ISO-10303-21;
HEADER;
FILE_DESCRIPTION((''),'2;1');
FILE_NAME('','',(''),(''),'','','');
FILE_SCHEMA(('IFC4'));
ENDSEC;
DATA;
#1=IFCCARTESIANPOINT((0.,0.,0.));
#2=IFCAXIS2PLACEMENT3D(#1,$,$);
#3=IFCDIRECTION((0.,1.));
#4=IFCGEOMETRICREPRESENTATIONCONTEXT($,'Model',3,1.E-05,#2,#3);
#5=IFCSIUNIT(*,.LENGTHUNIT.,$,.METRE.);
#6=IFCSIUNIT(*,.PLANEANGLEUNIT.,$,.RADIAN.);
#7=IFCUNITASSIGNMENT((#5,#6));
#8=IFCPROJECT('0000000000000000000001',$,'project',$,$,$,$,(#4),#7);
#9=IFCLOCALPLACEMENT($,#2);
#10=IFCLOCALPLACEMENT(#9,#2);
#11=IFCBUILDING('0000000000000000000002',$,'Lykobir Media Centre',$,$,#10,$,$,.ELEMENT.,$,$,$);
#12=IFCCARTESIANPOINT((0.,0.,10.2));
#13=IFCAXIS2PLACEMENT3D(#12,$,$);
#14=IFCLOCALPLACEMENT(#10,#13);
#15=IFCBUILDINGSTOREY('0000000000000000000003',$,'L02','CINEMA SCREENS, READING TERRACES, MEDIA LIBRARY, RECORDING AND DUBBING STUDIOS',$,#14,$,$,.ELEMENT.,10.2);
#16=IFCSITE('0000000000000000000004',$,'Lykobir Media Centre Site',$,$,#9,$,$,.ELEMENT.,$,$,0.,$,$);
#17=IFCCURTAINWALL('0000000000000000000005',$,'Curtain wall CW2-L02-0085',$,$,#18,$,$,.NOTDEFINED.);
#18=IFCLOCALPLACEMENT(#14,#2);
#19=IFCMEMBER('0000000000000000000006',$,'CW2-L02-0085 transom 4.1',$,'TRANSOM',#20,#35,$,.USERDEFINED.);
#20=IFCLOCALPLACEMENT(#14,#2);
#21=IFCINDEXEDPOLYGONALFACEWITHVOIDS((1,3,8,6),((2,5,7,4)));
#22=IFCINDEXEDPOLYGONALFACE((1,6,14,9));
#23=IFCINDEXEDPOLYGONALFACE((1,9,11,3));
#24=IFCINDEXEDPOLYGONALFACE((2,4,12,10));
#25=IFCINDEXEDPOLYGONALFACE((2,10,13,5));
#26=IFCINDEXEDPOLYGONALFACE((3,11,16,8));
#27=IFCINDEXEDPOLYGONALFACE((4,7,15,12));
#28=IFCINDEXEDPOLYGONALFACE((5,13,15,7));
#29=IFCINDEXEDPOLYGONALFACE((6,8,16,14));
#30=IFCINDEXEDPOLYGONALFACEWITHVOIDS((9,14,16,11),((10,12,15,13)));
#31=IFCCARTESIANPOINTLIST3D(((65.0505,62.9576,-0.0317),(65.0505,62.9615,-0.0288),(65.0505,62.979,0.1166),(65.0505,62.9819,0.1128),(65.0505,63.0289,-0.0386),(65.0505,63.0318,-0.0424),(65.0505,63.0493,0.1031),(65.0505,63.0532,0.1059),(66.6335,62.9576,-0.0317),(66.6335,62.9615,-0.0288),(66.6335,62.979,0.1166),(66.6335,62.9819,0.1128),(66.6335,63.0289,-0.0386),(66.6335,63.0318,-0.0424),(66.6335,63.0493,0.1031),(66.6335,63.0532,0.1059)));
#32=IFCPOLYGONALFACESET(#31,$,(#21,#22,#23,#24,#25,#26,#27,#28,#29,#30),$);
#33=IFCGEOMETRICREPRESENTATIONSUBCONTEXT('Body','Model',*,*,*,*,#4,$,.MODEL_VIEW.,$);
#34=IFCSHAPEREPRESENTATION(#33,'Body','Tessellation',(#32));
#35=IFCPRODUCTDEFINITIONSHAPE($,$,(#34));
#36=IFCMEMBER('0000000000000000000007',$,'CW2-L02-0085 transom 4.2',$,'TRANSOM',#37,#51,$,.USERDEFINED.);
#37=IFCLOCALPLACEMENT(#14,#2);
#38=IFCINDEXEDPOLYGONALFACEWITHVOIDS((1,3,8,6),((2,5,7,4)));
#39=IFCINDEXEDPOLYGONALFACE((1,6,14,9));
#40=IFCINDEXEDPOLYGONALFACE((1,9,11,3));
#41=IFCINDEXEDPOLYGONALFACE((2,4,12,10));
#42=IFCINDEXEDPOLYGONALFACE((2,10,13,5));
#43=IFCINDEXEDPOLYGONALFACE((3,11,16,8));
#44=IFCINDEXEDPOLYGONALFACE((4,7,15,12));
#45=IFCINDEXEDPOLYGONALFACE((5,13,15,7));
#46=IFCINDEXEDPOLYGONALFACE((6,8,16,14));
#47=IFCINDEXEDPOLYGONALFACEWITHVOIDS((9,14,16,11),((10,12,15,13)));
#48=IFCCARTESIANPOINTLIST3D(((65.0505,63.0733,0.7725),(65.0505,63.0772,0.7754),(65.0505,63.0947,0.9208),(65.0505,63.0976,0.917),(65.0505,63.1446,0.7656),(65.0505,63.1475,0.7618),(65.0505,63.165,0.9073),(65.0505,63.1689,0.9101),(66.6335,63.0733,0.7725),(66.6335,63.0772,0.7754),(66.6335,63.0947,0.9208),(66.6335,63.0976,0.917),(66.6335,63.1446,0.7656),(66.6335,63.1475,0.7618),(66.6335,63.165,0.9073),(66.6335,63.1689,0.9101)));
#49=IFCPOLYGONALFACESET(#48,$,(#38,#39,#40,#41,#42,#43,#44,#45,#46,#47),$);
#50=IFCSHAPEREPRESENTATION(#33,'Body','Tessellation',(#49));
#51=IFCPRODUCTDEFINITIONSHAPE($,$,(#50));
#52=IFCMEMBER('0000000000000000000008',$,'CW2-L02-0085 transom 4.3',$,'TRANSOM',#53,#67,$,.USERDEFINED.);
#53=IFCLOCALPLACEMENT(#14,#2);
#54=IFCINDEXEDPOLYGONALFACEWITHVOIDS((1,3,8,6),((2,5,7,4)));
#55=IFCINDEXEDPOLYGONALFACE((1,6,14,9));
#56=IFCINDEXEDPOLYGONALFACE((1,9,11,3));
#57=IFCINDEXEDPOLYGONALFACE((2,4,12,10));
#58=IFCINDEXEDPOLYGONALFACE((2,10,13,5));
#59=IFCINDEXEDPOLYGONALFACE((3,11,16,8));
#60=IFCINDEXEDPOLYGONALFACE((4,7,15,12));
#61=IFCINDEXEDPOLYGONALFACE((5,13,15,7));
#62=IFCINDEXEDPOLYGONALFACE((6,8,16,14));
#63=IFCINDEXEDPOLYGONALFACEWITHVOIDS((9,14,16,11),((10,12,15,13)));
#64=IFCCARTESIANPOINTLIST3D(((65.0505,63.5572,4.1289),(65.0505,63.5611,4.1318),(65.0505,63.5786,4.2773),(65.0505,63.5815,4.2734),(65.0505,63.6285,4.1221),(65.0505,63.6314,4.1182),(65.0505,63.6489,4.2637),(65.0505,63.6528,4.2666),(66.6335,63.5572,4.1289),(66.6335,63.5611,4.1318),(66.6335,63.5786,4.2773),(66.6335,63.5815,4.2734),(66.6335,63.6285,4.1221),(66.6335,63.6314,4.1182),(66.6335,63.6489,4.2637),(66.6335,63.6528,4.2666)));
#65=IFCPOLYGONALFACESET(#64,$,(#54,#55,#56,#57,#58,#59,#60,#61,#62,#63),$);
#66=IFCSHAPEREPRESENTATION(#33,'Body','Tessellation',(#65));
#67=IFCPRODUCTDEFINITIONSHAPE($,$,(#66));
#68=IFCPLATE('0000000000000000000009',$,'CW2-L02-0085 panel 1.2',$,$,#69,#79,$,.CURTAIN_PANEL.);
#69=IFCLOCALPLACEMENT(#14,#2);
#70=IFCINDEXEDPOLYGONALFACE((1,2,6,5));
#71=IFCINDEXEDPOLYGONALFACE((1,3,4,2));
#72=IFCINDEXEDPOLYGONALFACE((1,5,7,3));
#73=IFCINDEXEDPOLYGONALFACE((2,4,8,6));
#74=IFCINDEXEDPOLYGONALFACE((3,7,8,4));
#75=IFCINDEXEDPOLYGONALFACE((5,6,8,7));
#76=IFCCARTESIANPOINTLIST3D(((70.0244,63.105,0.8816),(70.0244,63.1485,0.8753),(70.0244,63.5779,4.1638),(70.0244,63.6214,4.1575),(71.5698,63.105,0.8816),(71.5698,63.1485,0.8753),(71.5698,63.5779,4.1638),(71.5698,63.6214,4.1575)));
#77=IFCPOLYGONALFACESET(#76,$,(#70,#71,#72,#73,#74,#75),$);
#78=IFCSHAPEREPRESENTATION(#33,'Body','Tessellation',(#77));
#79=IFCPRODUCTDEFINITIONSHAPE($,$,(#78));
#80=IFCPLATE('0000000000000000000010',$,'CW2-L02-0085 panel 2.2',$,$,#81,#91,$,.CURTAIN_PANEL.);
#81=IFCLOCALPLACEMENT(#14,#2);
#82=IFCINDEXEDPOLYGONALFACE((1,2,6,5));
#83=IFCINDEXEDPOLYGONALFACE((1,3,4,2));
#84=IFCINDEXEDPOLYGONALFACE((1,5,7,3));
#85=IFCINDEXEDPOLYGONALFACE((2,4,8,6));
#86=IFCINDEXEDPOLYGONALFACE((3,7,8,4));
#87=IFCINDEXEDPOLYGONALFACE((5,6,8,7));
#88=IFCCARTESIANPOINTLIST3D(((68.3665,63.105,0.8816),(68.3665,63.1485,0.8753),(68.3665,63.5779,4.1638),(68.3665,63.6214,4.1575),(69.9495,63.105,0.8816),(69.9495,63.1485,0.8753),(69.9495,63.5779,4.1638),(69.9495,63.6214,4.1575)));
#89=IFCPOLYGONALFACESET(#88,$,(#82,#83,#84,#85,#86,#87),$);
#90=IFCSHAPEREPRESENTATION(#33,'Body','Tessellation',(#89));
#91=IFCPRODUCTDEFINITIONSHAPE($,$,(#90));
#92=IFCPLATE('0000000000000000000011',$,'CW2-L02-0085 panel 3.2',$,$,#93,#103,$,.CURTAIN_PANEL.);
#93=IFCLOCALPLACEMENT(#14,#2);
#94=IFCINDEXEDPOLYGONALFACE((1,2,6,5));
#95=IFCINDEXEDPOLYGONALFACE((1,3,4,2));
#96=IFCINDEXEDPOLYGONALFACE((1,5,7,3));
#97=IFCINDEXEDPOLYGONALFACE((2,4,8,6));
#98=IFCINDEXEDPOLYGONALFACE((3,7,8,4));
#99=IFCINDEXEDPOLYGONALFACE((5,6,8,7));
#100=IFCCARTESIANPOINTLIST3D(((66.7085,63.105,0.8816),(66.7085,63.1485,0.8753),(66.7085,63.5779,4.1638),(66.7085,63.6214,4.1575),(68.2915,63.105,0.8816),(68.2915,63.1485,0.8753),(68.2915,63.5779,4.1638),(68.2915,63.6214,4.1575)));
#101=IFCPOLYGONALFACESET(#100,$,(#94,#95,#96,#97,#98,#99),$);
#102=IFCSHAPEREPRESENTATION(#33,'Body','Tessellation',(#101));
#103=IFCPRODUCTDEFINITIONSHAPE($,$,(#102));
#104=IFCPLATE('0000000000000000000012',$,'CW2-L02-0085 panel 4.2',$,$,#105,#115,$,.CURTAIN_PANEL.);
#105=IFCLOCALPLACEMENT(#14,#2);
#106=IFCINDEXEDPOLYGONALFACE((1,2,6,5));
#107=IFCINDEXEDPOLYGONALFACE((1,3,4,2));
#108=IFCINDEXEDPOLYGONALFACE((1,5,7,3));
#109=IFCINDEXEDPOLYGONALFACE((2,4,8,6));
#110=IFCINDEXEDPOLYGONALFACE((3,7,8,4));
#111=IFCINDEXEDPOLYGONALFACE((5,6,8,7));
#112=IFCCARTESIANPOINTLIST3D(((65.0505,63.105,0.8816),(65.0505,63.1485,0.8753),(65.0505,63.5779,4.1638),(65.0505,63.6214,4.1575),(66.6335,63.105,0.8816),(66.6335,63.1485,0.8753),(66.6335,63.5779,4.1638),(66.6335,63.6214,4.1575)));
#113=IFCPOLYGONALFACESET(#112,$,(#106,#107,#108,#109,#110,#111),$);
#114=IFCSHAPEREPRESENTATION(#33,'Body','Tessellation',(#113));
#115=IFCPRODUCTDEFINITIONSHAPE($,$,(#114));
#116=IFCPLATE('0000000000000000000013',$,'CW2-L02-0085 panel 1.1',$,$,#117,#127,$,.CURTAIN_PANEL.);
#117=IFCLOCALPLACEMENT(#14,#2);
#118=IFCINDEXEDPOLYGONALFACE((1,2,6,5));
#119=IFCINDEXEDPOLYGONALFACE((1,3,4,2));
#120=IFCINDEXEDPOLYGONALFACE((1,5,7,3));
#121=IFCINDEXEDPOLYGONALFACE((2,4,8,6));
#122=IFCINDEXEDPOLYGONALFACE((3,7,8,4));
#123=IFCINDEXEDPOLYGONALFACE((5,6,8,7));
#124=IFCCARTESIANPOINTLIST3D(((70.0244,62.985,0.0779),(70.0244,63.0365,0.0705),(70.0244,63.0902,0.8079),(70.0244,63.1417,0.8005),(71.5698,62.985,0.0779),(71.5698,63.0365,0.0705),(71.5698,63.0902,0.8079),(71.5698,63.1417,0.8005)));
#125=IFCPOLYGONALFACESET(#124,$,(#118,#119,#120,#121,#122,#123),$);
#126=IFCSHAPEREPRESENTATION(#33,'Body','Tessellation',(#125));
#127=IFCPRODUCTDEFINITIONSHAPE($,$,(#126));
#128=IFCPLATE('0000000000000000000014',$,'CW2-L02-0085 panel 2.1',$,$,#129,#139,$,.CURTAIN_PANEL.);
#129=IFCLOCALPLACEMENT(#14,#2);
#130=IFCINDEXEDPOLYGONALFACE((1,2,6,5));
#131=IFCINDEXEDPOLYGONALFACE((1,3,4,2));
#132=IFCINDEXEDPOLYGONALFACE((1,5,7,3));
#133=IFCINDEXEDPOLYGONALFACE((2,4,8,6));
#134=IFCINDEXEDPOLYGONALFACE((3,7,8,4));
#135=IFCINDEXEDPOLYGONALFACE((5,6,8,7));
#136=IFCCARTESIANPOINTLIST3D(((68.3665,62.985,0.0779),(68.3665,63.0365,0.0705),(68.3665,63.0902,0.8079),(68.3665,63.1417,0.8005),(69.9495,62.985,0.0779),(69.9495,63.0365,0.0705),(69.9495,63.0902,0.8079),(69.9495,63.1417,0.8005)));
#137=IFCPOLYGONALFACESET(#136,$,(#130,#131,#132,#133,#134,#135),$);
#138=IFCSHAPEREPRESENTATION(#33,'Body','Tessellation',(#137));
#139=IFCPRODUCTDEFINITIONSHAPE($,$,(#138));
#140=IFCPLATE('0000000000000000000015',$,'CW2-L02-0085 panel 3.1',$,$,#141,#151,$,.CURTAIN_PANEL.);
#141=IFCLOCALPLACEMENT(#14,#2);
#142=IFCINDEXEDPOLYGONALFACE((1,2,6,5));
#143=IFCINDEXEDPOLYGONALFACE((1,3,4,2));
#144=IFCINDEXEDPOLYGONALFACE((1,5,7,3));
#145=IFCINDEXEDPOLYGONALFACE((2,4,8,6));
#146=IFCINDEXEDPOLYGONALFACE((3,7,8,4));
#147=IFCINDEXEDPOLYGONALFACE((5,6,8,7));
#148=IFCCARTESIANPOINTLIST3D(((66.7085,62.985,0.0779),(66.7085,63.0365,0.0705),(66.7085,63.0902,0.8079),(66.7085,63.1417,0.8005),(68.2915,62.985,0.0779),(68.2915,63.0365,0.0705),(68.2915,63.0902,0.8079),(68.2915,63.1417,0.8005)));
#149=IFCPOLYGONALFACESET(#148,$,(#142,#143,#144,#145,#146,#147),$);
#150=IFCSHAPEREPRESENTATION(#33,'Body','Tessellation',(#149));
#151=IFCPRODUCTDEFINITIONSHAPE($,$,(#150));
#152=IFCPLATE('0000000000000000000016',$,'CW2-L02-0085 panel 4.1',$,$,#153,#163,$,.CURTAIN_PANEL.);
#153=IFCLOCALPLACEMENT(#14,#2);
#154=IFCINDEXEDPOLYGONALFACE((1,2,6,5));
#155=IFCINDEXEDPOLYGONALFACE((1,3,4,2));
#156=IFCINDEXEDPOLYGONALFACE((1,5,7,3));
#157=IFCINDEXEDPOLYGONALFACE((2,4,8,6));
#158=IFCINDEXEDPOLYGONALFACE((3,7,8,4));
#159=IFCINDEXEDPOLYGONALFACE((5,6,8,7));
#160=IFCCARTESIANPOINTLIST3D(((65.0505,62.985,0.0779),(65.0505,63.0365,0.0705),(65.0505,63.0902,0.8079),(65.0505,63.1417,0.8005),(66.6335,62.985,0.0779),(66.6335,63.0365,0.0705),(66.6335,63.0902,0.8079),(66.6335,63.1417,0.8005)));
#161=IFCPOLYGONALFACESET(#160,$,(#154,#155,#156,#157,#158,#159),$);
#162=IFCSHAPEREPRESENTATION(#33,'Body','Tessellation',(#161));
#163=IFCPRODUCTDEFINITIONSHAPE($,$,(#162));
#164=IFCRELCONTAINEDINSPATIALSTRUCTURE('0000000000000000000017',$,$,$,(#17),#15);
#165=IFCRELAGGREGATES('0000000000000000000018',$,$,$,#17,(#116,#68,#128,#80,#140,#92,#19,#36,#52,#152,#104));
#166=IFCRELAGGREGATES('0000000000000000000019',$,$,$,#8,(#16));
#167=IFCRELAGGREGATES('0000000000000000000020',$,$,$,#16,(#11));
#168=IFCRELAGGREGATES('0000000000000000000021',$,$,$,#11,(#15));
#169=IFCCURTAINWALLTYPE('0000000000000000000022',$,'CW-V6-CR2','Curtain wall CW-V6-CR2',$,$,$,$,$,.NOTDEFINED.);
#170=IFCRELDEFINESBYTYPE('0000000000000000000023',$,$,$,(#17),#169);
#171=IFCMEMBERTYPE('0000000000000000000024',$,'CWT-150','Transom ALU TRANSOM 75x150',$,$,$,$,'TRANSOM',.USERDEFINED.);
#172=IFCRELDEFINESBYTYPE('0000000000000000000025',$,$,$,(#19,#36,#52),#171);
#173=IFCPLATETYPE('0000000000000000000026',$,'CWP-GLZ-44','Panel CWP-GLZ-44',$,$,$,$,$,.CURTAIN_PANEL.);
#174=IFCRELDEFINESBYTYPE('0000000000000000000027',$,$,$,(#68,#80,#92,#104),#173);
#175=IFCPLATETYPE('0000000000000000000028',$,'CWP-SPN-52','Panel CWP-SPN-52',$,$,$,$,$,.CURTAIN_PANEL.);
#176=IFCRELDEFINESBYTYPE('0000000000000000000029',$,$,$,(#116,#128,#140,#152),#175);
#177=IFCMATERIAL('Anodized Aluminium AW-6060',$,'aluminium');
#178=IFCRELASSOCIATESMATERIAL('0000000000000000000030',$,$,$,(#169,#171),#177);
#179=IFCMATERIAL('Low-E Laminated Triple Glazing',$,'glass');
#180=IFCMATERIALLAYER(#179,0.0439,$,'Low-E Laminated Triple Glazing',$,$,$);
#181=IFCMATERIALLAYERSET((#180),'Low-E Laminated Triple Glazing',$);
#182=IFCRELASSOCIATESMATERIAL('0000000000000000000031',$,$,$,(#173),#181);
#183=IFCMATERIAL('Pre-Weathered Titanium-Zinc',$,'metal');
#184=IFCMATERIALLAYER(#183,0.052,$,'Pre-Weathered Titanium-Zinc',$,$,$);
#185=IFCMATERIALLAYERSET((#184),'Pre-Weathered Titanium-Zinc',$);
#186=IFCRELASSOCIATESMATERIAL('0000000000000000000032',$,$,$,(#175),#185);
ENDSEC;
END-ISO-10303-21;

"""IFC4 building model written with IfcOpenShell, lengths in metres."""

from ifc_helpers import new_model, si_unit, direction, frame, origin, origin_2d, place, context, subcontext, project, spatial, rectangle, hollow_rectangle, extrude, material, layer, layer_set, material_profile, profile_set, type_object, element, aggregate, save


model = new_model("IFC4")

# Units and contexts
model_context = context("Model", 3, precision=1e-05, world=origin(), true_north=direction((0.0, 1.0)))
body_context = subcontext(model_context, "Body", "Model", "MODEL_VIEW")
ifc_project = project(units=[si_unit("LENGTHUNIT", "METRE"), si_unit("PLANEANGLEUNIT", "RADIAN")], contexts=[model_context])

# Site, building, storey
site_placement = place(None, origin())
site = spatial("IfcSite", under=ifc_project, at=site_placement, Name="Lykobir Media Centre Site", CompositionType="ELEMENT", RefElevation=0.0)
building_placement = place(site_placement, origin())
building = spatial("IfcBuilding", under=site, at=building_placement, Name="Lykobir Media Centre", CompositionType="ELEMENT")
storey_placement = place(building_placement, frame((0.0, 0.0, 10.2)))
storey = spatial("IfcBuildingStorey", under=building, at=storey_placement, Name="L02", Description="CINEMA SCREENS, READING TERRACES, MEDIA LIBRARY, RECORDING AND DUBBING STUDIOS", CompositionType="ELEMENT", Elevation=10.2)

# Curtain wall, members, plates
ifc_material_1 = material(Name="Anodized Aluminium AW-6060", Category="aluminium")
curtain_wall_type = type_object("IfcCurtainWallType", Name="CW-V6-CR2", Description="Curtain wall CW-V6-CR2", PredefinedType="NOTDEFINED", material=ifc_material_1)
curtain_wall_placement = place(storey_placement, origin())
curtain_wall = element("IfcCurtainWall", 1, at=curtain_wall_placement, inside=storey, type_object=curtain_wall_type, Name="Curtain wall CW2-L02-0085", PredefinedType="NOTDEFINED")
ifc_material_profile_1 = material_profile(ifc_material_1, hollow_rectangle(XDim=0.075, YDim=0.1499, WallThickness=0.0034, at=origin_2d()), Name="ALU TRANSOM 75x150")
ifc_profile_set_1 = profile_set([ifc_material_profile_1], Name="Anodized Aluminium AW-6060")
member_type_1 = type_object("IfcMemberType", Name="CWT-150", Description="Transom ALU TRANSOM 75x150", ElementType="TRANSOM", PredefinedType="USERDEFINED", material=ifc_profile_set_1)
member_1_placement = place(storey_placement, frame((66.6335, 63.0054, 0.0371), z_axis=(-1.0, 0.0, 0.0), x_axis=(0.0, -0.989776, 0.142629)))
member_1 = element("IfcMember", 2, at=member_1_placement, type_object=member_type_1, Name="CW2-L02-0085 transom 4.1", ObjectType="TRANSOM", PredefinedType="USERDEFINED", context=body_context, shape_type="SweptSolid", body=[
    extrude(hollow_rectangle(XDim=0.075, YDim=0.1499, WallThickness=0.0034, at=origin_2d()), origin(), (0.0, 0.0, 1.0), 1.583),
])
member_2_placement = place(storey_placement, frame((66.6335, 63.1211, 0.8413), z_axis=(-1.0, 0.0, 0.0), x_axis=(0.0, -0.989776, 0.142629)))
member_2 = element("IfcMember", 3, at=member_2_placement, type_object=member_type_1, Name="CW2-L02-0085 transom 4.2", ObjectType="TRANSOM", PredefinedType="USERDEFINED", context=body_context, shape_type="SweptSolid", body=[
    extrude(hollow_rectangle(XDim=0.075, YDim=0.1499, WallThickness=0.0034, at=origin_2d()), origin(), (0.0, 0.0, 1.0), 1.583),
])
member_3_placement = place(storey_placement, frame((66.6335, 63.605, 4.1978), z_axis=(-1.0, 0.0, 0.0), x_axis=(0.0, -0.989776, 0.142629)))
member_3 = element("IfcMember", 4, at=member_3_placement, type_object=member_type_1, Name="CW2-L02-0085 transom 4.3", ObjectType="TRANSOM", PredefinedType="USERDEFINED", context=body_context, shape_type="SweptSolid", body=[
    extrude(hollow_rectangle(XDim=0.075, YDim=0.1499, WallThickness=0.0034, at=origin_2d()), origin(), (0.0, 0.0, 1.0), 1.583),
])
ifc_material_2 = material(Name="Low-E Laminated Triple Glazing", Category="glass")
ifc_layer_1 = layer(ifc_material_2, 0.0439, Name="Low-E Laminated Triple Glazing")
ifc_layer_set_1 = layer_set([ifc_layer_1], Name="Low-E Laminated Triple Glazing")
plate_type_1 = type_object("IfcPlateType", Name="CWP-GLZ-44", Description="Panel CWP-GLZ-44", PredefinedType="CURTAIN_PANEL", material=ifc_layer_set_1)
plate_1_placement = place(storey_placement, frame((70.7971, 63.1267, 0.8784), z_axis=(0.0, 0.142629, 0.989776), x_axis=(-1.0, 0.0, 0.0)))
plate_1 = element("IfcPlate", 5, at=plate_1_placement, type_object=plate_type_1, Name="CW2-L02-0085 panel 1.2", PredefinedType="CURTAIN_PANEL", context=body_context, shape_type="SweptSolid", body=[
    extrude(rectangle(XDim=1.5454, YDim=0.0439, at=origin_2d()), origin(), (0.0, 0.0, 1.0), 3.3162),
])
plate_2_placement = place(storey_placement, frame((69.158, 63.1267, 0.8784), z_axis=(0.0, 0.142629, 0.989776), x_axis=(-1.0, 0.0, 0.0)))
plate_2 = element("IfcPlate", 6, at=plate_2_placement, type_object=plate_type_1, Name="CW2-L02-0085 panel 2.2", PredefinedType="CURTAIN_PANEL", context=body_context, shape_type="SweptSolid", body=[
    extrude(rectangle(XDim=1.583, YDim=0.0439, at=origin_2d()), origin(), (0.0, 0.0, 1.0), 3.3162),
])
plate_3_placement = place(storey_placement, frame((67.5, 63.1267, 0.8784), z_axis=(0.0, 0.142629, 0.989776), x_axis=(-1.0, 0.0, 0.0)))
plate_3 = element("IfcPlate", 7, at=plate_3_placement, type_object=plate_type_1, Name="CW2-L02-0085 panel 3.2", PredefinedType="CURTAIN_PANEL", context=body_context, shape_type="SweptSolid", body=[
    extrude(rectangle(XDim=1.583, YDim=0.0439, at=origin_2d()), origin(), (0.0, 0.0, 1.0), 3.3162),
])
plate_4_placement = place(storey_placement, frame((65.842, 63.1267, 0.8784), z_axis=(0.0, 0.142629, 0.989776), x_axis=(-1.0, 0.0, 0.0)))
plate_4 = element("IfcPlate", 8, at=plate_4_placement, type_object=plate_type_1, Name="CW2-L02-0085 panel 4.2", PredefinedType="CURTAIN_PANEL", context=body_context, shape_type="SweptSolid", body=[
    extrude(rectangle(XDim=1.583, YDim=0.0439, at=origin_2d()), origin(), (0.0, 0.0, 1.0), 3.3162),
])
ifc_material_3 = material(Name="Pre-Weathered Titanium-Zinc", Category="metal")
ifc_layer_2 = layer(ifc_material_3, 0.052, Name="Pre-Weathered Titanium-Zinc")
ifc_layer_set_2 = layer_set([ifc_layer_2], Name="Pre-Weathered Titanium-Zinc")
plate_type_2 = type_object("IfcPlateType", Name="CWP-SPN-52", Description="Panel CWP-SPN-52", PredefinedType="CURTAIN_PANEL", material=ifc_layer_set_2)
plate_5_placement = place(storey_placement, frame((70.7971, 63.0107, 0.0742), z_axis=(0.0, 0.142629, 0.989776), x_axis=(-1.0, 0.0, 0.0)))
plate_5 = element("IfcPlate", 9, at=plate_5_placement, type_object=plate_type_2, Name="CW2-L02-0085 panel 1.1", PredefinedType="CURTAIN_PANEL", context=body_context, shape_type="SweptSolid", body=[
    extrude(rectangle(XDim=1.5454, YDim=0.052, at=origin_2d()), origin(), (0.0, 0.0, 1.0), 0.7375),
])
plate_6_placement = place(storey_placement, frame((69.158, 63.0107, 0.0742), z_axis=(0.0, 0.142629, 0.989776), x_axis=(-1.0, 0.0, 0.0)))
plate_6 = element("IfcPlate", 10, at=plate_6_placement, type_object=plate_type_2, Name="CW2-L02-0085 panel 2.1", PredefinedType="CURTAIN_PANEL", context=body_context, shape_type="SweptSolid", body=[
    extrude(rectangle(XDim=1.583, YDim=0.052, at=origin_2d()), origin(), (0.0, 0.0, 1.0), 0.7375),
])
plate_7_placement = place(storey_placement, frame((67.5, 63.0107, 0.0742), z_axis=(0.0, 0.142629, 0.989776), x_axis=(-1.0, 0.0, 0.0)))
plate_7 = element("IfcPlate", 11, at=plate_7_placement, type_object=plate_type_2, Name="CW2-L02-0085 panel 3.1", PredefinedType="CURTAIN_PANEL", context=body_context, shape_type="SweptSolid", body=[
    extrude(rectangle(XDim=1.583, YDim=0.052, at=origin_2d()), origin(), (0.0, 0.0, 1.0), 0.7375),
])
plate_8_placement = place(storey_placement, frame((65.842, 63.0107, 0.0742), z_axis=(0.0, 0.142629, 0.989776), x_axis=(-1.0, 0.0, 0.0)))
plate_8 = element("IfcPlate", 12, at=plate_8_placement, type_object=plate_type_2, Name="CW2-L02-0085 panel 4.1", PredefinedType="CURTAIN_PANEL", context=body_context, shape_type="SweptSolid", body=[
    extrude(rectangle(XDim=1.583, YDim=0.052, at=origin_2d()), origin(), (0.0, 0.0, 1.0), 0.7375),
])
aggregate(curtain_wall, [plate_5, plate_1, plate_6, plate_2, plate_7, plate_3, member_1, member_2, member_3, plate_8, plate_4])

save(model, "model.ifc")
